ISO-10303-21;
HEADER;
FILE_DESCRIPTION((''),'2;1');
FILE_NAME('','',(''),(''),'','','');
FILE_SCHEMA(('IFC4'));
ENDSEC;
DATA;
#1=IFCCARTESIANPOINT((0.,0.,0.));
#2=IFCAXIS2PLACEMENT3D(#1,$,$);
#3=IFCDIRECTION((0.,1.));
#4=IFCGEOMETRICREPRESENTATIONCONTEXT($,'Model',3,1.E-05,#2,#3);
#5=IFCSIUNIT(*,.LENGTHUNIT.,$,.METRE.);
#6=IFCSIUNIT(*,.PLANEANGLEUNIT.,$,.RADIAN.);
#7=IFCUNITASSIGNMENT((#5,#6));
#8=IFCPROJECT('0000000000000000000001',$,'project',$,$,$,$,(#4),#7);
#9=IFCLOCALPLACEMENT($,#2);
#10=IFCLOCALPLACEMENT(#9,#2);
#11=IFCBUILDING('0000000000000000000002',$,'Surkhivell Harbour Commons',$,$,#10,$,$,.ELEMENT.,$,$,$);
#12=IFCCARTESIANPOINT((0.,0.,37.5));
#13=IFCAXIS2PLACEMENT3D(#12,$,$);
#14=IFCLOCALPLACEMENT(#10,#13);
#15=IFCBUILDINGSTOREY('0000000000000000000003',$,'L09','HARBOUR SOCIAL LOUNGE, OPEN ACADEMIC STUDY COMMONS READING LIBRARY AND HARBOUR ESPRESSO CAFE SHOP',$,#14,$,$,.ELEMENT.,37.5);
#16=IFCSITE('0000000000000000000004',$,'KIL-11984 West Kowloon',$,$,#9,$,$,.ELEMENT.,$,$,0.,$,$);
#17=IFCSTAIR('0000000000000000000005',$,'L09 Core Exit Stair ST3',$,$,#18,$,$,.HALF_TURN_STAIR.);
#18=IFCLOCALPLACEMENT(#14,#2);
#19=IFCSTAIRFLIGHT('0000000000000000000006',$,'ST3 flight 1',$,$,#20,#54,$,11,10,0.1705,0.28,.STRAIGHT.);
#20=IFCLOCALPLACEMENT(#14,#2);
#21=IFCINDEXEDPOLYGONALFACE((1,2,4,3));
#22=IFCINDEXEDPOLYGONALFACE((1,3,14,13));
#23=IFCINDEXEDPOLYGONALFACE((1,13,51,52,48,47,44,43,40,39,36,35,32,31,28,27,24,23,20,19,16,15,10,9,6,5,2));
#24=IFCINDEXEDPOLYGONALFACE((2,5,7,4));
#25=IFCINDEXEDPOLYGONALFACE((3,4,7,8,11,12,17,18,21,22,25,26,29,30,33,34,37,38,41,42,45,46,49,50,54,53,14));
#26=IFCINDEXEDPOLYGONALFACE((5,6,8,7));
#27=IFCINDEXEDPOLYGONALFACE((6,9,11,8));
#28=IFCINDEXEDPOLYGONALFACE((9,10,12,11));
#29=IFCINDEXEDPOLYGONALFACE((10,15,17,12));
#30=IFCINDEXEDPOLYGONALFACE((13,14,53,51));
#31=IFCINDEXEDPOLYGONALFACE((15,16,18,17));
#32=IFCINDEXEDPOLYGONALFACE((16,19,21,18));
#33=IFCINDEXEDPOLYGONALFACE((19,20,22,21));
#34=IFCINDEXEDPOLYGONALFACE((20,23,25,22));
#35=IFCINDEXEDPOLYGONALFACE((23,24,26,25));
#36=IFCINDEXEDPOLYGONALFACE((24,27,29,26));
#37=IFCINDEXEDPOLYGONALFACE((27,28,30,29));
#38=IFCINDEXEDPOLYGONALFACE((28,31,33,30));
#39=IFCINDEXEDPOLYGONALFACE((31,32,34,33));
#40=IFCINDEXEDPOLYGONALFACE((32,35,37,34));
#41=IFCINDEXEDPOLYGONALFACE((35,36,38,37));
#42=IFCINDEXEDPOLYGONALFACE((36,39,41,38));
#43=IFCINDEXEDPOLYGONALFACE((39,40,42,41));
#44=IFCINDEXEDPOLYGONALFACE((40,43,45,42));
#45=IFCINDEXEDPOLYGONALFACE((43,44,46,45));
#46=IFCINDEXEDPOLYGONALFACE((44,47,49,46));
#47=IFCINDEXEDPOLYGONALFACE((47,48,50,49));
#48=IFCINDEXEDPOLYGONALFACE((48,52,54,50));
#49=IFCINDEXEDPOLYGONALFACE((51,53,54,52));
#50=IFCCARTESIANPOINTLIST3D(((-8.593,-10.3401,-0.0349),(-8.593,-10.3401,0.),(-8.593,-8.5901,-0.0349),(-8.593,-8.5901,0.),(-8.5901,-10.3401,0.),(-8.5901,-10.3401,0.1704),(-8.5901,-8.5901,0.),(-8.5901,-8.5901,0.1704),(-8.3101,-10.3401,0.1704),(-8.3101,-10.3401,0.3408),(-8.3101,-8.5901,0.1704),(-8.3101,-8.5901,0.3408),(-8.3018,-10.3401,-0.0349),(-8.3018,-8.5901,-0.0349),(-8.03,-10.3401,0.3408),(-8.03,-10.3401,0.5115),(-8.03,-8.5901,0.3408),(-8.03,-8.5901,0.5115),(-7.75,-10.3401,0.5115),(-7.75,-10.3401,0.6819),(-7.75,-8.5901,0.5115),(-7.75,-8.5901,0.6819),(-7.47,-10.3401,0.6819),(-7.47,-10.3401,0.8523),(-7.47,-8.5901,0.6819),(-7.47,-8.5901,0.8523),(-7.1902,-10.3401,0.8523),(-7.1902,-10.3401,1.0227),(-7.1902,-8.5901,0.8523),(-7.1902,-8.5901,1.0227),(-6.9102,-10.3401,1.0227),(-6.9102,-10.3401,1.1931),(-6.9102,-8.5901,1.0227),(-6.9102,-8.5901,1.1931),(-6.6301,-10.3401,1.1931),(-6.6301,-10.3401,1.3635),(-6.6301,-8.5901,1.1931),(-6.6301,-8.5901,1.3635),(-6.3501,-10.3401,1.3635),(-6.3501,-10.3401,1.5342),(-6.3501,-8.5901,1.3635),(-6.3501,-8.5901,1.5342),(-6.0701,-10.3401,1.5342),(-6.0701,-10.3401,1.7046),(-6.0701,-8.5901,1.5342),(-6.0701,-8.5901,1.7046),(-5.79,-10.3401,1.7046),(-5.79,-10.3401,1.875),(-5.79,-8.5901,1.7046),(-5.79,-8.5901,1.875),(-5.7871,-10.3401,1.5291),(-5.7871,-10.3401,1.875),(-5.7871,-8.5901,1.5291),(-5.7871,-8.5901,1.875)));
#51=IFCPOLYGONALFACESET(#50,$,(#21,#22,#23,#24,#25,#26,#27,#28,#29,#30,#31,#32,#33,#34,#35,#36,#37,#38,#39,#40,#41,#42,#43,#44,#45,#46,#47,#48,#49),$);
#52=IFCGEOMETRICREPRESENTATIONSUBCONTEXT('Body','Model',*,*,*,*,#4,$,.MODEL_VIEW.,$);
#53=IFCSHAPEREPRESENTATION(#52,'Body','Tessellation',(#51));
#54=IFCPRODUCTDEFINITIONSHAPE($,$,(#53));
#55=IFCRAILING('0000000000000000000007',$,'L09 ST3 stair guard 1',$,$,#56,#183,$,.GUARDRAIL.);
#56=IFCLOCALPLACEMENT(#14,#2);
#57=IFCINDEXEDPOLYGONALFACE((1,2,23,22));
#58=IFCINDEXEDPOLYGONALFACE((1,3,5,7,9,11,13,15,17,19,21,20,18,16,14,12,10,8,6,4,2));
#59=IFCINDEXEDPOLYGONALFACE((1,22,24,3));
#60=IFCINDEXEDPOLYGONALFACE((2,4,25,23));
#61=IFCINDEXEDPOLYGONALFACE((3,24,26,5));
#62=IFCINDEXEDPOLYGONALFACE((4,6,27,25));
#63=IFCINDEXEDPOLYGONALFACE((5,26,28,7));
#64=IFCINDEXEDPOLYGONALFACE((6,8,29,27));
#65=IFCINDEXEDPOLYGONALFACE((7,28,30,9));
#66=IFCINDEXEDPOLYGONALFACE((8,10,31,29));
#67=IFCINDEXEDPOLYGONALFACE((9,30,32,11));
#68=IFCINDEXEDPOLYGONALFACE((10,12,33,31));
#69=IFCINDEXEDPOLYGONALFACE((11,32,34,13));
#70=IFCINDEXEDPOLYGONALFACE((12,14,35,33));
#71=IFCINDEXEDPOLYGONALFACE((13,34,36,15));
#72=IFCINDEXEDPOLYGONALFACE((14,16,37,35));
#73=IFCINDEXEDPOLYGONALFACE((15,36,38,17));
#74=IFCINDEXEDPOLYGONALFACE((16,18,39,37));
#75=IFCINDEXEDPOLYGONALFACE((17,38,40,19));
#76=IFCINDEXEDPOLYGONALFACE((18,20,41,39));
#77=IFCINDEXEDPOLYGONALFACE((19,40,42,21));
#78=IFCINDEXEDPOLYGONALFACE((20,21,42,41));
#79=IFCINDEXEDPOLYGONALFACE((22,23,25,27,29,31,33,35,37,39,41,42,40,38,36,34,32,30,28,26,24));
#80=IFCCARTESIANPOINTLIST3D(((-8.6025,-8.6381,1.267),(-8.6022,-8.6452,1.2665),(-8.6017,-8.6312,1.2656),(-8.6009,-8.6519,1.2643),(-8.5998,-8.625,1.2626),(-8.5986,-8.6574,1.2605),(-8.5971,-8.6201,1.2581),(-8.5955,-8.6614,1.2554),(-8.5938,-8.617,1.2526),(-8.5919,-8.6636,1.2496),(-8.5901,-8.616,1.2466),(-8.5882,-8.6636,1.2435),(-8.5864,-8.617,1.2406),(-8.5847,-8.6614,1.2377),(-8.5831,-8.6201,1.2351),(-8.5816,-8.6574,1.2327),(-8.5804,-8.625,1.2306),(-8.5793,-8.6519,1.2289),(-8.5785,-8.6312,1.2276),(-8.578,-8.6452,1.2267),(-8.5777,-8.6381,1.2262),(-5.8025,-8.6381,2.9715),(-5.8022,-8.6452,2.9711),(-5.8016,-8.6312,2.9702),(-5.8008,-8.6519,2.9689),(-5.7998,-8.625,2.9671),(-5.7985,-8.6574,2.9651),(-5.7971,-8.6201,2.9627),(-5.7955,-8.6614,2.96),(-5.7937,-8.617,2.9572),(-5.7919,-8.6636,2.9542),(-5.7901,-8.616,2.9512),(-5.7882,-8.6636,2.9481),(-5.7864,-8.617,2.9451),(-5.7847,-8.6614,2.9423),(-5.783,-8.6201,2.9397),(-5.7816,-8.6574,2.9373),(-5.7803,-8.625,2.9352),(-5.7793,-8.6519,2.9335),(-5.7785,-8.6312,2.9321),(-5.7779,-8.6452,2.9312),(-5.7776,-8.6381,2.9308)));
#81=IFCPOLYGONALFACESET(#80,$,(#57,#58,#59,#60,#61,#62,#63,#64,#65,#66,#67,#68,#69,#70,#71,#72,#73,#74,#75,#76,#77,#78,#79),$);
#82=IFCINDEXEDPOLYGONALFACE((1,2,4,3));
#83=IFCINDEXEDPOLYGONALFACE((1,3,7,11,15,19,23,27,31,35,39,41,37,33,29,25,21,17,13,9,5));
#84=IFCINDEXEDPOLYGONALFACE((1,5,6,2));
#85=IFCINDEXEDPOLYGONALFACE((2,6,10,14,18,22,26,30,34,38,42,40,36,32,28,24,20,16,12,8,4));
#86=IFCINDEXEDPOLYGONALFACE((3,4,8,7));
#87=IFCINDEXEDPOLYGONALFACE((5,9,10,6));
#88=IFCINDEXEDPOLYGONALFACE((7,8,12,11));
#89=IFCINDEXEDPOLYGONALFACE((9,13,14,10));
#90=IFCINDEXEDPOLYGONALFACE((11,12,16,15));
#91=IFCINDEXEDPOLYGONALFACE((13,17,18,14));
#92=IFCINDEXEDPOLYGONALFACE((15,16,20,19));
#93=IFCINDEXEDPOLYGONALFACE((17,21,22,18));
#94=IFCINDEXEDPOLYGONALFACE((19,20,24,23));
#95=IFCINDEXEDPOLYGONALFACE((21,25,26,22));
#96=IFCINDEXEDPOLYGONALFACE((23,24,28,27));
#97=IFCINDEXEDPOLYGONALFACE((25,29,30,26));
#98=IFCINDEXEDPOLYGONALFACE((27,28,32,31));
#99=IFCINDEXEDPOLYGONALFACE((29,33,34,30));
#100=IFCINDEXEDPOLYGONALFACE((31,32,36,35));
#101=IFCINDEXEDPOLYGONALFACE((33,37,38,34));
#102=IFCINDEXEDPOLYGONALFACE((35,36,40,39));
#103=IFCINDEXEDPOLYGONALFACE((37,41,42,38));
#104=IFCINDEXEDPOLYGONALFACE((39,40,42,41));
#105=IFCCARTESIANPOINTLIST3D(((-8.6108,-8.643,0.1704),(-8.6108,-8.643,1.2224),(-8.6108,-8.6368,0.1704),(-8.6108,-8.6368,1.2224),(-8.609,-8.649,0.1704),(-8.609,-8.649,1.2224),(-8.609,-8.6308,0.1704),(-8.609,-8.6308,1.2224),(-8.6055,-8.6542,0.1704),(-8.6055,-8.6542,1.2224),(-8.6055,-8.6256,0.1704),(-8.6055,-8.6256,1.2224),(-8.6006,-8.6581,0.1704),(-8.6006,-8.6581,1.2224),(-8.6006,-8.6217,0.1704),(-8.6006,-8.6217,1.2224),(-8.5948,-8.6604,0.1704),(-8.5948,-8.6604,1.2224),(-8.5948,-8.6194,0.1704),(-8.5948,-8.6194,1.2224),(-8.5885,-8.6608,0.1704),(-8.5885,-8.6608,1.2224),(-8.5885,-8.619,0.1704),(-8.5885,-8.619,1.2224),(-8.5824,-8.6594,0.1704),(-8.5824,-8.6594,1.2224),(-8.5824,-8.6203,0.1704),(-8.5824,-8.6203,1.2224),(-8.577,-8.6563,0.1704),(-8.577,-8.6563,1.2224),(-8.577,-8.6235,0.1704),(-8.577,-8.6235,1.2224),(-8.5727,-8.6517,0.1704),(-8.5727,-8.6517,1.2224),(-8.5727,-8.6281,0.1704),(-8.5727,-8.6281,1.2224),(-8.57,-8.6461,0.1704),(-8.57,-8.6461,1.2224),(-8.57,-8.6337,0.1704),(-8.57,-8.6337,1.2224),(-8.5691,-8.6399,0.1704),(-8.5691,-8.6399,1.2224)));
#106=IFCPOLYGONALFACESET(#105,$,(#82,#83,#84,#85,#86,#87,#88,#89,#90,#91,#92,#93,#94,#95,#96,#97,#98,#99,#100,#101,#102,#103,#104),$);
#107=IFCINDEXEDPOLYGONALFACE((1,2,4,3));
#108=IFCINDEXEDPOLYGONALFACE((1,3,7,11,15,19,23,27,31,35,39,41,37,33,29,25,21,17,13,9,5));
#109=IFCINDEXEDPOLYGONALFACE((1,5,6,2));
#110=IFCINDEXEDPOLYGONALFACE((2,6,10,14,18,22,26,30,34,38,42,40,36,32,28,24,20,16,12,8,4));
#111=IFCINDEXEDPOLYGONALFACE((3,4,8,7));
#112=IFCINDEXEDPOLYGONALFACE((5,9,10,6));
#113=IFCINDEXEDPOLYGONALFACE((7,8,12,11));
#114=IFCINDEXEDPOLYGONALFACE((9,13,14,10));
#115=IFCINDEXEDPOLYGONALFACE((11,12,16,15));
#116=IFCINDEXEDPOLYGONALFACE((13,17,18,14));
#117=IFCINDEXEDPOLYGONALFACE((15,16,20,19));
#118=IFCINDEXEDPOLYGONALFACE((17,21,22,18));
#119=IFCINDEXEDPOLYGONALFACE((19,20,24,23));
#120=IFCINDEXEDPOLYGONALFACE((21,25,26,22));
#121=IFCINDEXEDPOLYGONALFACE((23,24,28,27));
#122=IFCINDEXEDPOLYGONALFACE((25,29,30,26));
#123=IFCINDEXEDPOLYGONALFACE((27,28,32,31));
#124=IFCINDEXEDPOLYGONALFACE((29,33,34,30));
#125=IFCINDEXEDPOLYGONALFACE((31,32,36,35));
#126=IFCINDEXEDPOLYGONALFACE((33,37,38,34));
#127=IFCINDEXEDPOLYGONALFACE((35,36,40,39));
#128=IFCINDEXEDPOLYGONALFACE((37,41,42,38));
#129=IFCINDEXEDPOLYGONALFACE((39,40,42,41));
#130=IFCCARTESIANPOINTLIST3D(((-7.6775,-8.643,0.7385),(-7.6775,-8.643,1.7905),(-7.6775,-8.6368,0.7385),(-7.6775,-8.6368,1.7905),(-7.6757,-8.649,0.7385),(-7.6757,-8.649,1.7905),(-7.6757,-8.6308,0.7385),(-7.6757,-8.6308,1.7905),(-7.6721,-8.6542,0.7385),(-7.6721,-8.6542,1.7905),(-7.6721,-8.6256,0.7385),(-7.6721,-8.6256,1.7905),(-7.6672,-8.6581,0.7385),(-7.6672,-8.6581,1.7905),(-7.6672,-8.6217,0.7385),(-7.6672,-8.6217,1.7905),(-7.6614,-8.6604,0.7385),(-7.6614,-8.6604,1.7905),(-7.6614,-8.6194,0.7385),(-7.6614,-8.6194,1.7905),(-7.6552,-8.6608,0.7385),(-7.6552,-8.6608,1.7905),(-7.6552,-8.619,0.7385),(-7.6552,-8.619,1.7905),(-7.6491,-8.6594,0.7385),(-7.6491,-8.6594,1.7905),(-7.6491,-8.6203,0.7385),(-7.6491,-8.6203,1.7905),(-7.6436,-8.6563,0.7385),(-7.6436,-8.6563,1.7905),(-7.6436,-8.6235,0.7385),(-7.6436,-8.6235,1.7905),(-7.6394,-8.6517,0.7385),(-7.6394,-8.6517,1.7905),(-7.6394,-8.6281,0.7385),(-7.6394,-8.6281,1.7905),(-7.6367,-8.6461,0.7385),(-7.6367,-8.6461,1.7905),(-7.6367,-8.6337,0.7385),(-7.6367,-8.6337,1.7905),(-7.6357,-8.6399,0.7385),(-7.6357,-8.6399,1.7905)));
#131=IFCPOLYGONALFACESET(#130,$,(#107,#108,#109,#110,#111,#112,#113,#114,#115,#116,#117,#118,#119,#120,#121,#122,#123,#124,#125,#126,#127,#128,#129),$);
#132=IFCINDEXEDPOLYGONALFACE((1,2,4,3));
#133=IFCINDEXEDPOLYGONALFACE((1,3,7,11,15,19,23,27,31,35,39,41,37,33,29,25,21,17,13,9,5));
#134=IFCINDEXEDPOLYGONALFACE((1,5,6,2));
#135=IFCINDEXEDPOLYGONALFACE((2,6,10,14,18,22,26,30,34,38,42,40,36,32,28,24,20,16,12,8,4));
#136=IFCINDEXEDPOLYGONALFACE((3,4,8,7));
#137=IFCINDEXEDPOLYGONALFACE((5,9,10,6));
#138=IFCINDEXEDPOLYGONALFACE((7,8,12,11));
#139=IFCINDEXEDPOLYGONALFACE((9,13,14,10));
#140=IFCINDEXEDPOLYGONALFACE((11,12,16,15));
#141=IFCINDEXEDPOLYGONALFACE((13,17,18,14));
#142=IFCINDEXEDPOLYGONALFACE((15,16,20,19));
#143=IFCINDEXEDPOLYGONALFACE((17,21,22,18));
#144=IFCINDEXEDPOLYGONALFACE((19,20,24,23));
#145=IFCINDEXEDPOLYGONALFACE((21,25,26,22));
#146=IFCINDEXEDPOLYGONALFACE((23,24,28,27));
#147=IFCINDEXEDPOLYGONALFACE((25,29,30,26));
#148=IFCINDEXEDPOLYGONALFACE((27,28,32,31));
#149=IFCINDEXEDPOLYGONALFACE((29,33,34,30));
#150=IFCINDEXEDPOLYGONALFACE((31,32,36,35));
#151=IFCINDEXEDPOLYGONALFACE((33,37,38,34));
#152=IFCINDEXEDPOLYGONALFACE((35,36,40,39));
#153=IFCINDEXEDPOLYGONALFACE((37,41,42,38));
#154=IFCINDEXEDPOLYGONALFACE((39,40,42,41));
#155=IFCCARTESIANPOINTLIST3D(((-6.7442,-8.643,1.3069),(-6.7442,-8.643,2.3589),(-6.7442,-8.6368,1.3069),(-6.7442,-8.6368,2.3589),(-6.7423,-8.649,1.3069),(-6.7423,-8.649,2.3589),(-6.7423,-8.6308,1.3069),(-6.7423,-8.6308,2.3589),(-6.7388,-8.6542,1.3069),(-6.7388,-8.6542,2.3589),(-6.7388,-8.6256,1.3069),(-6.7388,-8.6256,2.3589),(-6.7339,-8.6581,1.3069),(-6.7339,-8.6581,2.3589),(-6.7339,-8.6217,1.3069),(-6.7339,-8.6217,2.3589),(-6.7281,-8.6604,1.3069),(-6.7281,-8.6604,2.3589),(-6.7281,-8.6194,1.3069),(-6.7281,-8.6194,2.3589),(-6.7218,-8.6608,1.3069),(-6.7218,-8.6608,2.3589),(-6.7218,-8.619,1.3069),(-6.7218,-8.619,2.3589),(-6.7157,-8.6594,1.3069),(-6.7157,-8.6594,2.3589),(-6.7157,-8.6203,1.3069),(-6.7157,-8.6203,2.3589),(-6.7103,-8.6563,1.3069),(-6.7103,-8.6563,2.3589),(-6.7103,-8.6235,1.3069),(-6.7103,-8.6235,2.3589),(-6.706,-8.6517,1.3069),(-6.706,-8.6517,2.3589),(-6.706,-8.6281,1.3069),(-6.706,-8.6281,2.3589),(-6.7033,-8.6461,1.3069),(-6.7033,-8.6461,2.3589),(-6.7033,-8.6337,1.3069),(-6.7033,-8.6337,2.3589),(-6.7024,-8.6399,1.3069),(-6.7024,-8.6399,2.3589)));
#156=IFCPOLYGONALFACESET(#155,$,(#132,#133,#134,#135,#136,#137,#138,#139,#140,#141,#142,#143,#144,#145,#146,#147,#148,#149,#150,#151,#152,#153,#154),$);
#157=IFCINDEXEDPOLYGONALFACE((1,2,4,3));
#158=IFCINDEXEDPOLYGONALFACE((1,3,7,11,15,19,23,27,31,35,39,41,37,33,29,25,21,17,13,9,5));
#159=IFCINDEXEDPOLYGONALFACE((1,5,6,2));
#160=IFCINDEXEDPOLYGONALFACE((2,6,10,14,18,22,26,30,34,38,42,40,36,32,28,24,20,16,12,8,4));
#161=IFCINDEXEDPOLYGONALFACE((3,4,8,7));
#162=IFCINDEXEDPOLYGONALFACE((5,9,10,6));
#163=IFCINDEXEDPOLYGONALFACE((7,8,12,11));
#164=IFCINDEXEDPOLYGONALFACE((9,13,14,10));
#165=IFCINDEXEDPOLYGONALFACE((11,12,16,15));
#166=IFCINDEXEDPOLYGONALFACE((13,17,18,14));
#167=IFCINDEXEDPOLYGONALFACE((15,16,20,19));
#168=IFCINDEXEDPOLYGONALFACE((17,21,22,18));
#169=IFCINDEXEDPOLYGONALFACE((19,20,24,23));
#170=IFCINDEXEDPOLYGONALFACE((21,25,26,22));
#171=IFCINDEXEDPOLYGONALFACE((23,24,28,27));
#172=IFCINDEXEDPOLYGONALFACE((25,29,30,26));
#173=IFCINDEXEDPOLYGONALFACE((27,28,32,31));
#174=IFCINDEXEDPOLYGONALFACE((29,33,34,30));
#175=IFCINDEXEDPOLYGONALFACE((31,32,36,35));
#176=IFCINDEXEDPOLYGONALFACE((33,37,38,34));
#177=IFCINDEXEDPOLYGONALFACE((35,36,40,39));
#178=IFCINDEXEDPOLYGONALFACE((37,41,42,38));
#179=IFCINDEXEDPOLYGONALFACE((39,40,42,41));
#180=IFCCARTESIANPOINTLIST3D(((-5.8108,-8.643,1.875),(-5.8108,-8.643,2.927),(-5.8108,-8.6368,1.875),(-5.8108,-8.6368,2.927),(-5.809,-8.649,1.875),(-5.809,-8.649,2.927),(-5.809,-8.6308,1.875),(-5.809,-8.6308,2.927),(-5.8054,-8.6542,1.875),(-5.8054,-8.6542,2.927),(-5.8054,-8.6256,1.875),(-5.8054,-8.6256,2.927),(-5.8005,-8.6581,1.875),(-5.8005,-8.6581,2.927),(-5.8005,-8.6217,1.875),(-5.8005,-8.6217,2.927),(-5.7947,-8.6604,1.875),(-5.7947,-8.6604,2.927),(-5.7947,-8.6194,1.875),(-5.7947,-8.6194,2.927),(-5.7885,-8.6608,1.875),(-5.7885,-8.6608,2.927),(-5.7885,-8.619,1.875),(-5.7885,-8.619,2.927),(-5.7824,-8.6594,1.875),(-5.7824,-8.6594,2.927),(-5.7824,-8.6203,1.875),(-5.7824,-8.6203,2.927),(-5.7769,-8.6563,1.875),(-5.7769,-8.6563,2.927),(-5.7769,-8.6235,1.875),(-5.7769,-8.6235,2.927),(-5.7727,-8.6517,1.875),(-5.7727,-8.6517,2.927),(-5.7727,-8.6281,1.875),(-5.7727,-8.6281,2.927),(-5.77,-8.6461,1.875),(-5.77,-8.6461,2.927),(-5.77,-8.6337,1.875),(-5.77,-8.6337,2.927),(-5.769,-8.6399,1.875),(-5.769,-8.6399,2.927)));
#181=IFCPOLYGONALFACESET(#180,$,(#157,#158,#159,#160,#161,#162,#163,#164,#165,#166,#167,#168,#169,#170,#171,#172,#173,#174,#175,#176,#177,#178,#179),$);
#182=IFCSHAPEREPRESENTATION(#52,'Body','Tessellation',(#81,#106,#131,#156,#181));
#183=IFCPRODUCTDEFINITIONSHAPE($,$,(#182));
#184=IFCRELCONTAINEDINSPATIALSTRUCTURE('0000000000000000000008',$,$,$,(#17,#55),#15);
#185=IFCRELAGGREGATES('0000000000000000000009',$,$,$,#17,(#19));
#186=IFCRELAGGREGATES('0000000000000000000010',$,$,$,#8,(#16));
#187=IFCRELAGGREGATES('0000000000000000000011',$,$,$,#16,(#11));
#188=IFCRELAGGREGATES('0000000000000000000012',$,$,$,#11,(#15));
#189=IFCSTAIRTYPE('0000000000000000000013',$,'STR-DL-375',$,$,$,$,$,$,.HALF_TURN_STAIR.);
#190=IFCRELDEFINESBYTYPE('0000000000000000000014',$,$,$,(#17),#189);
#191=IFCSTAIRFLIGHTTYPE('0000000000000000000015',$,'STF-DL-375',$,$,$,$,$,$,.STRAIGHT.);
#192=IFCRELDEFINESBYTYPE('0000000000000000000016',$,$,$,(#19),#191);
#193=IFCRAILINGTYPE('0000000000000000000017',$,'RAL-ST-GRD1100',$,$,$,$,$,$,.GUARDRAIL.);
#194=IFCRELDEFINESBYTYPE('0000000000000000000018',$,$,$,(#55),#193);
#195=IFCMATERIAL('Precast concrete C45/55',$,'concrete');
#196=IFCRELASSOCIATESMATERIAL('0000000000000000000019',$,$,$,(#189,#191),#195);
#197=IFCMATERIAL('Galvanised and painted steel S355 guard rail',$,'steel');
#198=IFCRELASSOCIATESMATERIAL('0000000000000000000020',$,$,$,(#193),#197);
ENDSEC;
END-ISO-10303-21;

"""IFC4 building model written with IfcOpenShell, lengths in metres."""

from ifc_helpers import new_model, si_unit, direction, frame, origin, origin_2d, place, context, subcontext, project, spatial, polyline, circle, outline, extrude, material, type_object, element, aggregate, save


model = new_model("IFC4")

# Units and contexts
model_context = context("Model", 3, precision=1e-05, world=origin(), true_north=direction((0.0, 1.0)))
body_context = subcontext(model_context, "Body", "Model", "MODEL_VIEW")
ifc_project = project(units=[si_unit("LENGTHUNIT", "METRE"), si_unit("PLANEANGLEUNIT", "RADIAN")], contexts=[model_context])

# Site, building, storey
site_placement = place(None, origin())
site = spatial("IfcSite", under=ifc_project, at=site_placement, Name="KIL-11984 West Kowloon", CompositionType="ELEMENT", RefElevation=0.0)
building_placement = place(site_placement, origin())
building = spatial("IfcBuilding", under=site, at=building_placement, Name="Surkhivell Harbour Commons", CompositionType="ELEMENT")
storey_placement = place(building_placement, frame((0.0, 0.0, 37.5)))
storey = spatial("IfcBuildingStorey", under=building, at=storey_placement, Name="L09", Description="HARBOUR SOCIAL LOUNGE, OPEN ACADEMIC STUDY COMMONS READING LIBRARY AND HARBOUR ESPRESSO CAFE SHOP", CompositionType="ELEMENT", Elevation=37.5)

# Stair, stair flight
ifc_material_1 = material(Name="Precast concrete C45/55", Category="concrete")
stair_type = type_object("IfcStairType", Name="STR-DL-375", PredefinedType="HALF_TURN_STAIR", material=ifc_material_1)
stair_placement = place(storey_placement, origin())
stair = element("IfcStair", 1, at=stair_placement, inside=storey, type_object=stair_type, Name="L09 Core Exit Stair ST3", PredefinedType="HALF_TURN_STAIR")
stair_flight_type = type_object("IfcStairFlightType", Name="STF-DL-375", PredefinedType="STRAIGHT", material=ifc_material_1)
stair_flight_placement = place(storey_placement, frame((-8.5901, -9.4651, 0.0), z_axis=(0.0, 0.0, 1.0), x_axis=(1.0, 0.0, 0.0)))
stair_flight = element("IfcStairFlight", 2, at=stair_flight_placement, type_object=stair_flight_type, Name="ST3 flight 1", NumberOfRisers=11, NumberOfTreads=10, PredefinedType="STRAIGHT", RiserHeight=0.1705, TreadLength=0.28, context=body_context, shape_type="SweptSolid", body=[
    extrude(outline(polyline([(-0.0029, -0.0349), (-0.0029, 0.0), (0.0, 0.0), (0.0, 0.1704), (0.28, 0.1704), (0.28, 0.3408), (0.5601, 0.3408), (0.5601, 0.5115), (0.8401, 0.5115), (0.8401, 0.6819), (1.1201, 0.6819), (1.1201, 0.8523), (1.3999, 0.8523), (1.3999, 1.0227), (1.6799, 1.0227), (1.6799, 1.1931), (1.96, 1.1931), (1.96, 1.3635), (2.24, 1.3635), (2.24, 1.5342), (2.52, 1.5342), (2.52, 1.7046), (2.8, 1.7046), (2.8, 1.875), (2.803, 1.875), (2.803, 1.5291), (0.2883, -0.0349), (-0.0029, -0.0349)])), frame((0.0, 0.875, 0.0), z_axis=(0.0, -1.0, 0.0), x_axis=(1.0, 0.0, 0.0)), (0.0, 0.0, 1.0), 1.75),
])
aggregate(stair, [stair_flight])

# Railing
ifc_material_2 = material(Name="Galvanised and painted steel S355 guard rail", Category="steel")
railing_type_1 = type_object("IfcRailingType", Name="RAL-ST-GRD1100", PredefinedType="GUARDRAIL", material=ifc_material_2)
railing_1_placement = place(storey_placement, frame((-8.5901, -8.6399, 0.1704)))
element("IfcRailing", 3, at=railing_1_placement, inside=storey, type_object=railing_type_1, Name="L09 ST3 stair guard 1", PredefinedType="GUARDRAIL", context=body_context, shape_type="SweptSolid", body=[
    extrude(circle(Radius=0.0239, at=origin_2d()), frame((0.0, 0.0, 1.0762), z_axis=(0.85417, 0.0, 0.519994), x_axis=(0.0, 1.0, 0.0)), (0.0, 0.0, 1.0), 3.2781),
    extrude(circle(Radius=0.021, at=origin_2d()), origin(), (0.0, 0.0, 1.0), 1.052),
    extrude(circle(Radius=0.021, at=origin_2d()), frame((0.9333, 0.0, 0.5681)), (0.0, 0.0, 1.0), 1.052),
    extrude(circle(Radius=0.021, at=origin_2d()), frame((1.8667, 0.0, 1.1365)), (0.0, 0.0, 1.0), 1.052),
    extrude(circle(Radius=0.021, at=origin_2d()), frame((2.8, 0.0, 1.7046)), (0.0, 0.0, 1.0), 1.052),
])

save(model, "model.ifc")
